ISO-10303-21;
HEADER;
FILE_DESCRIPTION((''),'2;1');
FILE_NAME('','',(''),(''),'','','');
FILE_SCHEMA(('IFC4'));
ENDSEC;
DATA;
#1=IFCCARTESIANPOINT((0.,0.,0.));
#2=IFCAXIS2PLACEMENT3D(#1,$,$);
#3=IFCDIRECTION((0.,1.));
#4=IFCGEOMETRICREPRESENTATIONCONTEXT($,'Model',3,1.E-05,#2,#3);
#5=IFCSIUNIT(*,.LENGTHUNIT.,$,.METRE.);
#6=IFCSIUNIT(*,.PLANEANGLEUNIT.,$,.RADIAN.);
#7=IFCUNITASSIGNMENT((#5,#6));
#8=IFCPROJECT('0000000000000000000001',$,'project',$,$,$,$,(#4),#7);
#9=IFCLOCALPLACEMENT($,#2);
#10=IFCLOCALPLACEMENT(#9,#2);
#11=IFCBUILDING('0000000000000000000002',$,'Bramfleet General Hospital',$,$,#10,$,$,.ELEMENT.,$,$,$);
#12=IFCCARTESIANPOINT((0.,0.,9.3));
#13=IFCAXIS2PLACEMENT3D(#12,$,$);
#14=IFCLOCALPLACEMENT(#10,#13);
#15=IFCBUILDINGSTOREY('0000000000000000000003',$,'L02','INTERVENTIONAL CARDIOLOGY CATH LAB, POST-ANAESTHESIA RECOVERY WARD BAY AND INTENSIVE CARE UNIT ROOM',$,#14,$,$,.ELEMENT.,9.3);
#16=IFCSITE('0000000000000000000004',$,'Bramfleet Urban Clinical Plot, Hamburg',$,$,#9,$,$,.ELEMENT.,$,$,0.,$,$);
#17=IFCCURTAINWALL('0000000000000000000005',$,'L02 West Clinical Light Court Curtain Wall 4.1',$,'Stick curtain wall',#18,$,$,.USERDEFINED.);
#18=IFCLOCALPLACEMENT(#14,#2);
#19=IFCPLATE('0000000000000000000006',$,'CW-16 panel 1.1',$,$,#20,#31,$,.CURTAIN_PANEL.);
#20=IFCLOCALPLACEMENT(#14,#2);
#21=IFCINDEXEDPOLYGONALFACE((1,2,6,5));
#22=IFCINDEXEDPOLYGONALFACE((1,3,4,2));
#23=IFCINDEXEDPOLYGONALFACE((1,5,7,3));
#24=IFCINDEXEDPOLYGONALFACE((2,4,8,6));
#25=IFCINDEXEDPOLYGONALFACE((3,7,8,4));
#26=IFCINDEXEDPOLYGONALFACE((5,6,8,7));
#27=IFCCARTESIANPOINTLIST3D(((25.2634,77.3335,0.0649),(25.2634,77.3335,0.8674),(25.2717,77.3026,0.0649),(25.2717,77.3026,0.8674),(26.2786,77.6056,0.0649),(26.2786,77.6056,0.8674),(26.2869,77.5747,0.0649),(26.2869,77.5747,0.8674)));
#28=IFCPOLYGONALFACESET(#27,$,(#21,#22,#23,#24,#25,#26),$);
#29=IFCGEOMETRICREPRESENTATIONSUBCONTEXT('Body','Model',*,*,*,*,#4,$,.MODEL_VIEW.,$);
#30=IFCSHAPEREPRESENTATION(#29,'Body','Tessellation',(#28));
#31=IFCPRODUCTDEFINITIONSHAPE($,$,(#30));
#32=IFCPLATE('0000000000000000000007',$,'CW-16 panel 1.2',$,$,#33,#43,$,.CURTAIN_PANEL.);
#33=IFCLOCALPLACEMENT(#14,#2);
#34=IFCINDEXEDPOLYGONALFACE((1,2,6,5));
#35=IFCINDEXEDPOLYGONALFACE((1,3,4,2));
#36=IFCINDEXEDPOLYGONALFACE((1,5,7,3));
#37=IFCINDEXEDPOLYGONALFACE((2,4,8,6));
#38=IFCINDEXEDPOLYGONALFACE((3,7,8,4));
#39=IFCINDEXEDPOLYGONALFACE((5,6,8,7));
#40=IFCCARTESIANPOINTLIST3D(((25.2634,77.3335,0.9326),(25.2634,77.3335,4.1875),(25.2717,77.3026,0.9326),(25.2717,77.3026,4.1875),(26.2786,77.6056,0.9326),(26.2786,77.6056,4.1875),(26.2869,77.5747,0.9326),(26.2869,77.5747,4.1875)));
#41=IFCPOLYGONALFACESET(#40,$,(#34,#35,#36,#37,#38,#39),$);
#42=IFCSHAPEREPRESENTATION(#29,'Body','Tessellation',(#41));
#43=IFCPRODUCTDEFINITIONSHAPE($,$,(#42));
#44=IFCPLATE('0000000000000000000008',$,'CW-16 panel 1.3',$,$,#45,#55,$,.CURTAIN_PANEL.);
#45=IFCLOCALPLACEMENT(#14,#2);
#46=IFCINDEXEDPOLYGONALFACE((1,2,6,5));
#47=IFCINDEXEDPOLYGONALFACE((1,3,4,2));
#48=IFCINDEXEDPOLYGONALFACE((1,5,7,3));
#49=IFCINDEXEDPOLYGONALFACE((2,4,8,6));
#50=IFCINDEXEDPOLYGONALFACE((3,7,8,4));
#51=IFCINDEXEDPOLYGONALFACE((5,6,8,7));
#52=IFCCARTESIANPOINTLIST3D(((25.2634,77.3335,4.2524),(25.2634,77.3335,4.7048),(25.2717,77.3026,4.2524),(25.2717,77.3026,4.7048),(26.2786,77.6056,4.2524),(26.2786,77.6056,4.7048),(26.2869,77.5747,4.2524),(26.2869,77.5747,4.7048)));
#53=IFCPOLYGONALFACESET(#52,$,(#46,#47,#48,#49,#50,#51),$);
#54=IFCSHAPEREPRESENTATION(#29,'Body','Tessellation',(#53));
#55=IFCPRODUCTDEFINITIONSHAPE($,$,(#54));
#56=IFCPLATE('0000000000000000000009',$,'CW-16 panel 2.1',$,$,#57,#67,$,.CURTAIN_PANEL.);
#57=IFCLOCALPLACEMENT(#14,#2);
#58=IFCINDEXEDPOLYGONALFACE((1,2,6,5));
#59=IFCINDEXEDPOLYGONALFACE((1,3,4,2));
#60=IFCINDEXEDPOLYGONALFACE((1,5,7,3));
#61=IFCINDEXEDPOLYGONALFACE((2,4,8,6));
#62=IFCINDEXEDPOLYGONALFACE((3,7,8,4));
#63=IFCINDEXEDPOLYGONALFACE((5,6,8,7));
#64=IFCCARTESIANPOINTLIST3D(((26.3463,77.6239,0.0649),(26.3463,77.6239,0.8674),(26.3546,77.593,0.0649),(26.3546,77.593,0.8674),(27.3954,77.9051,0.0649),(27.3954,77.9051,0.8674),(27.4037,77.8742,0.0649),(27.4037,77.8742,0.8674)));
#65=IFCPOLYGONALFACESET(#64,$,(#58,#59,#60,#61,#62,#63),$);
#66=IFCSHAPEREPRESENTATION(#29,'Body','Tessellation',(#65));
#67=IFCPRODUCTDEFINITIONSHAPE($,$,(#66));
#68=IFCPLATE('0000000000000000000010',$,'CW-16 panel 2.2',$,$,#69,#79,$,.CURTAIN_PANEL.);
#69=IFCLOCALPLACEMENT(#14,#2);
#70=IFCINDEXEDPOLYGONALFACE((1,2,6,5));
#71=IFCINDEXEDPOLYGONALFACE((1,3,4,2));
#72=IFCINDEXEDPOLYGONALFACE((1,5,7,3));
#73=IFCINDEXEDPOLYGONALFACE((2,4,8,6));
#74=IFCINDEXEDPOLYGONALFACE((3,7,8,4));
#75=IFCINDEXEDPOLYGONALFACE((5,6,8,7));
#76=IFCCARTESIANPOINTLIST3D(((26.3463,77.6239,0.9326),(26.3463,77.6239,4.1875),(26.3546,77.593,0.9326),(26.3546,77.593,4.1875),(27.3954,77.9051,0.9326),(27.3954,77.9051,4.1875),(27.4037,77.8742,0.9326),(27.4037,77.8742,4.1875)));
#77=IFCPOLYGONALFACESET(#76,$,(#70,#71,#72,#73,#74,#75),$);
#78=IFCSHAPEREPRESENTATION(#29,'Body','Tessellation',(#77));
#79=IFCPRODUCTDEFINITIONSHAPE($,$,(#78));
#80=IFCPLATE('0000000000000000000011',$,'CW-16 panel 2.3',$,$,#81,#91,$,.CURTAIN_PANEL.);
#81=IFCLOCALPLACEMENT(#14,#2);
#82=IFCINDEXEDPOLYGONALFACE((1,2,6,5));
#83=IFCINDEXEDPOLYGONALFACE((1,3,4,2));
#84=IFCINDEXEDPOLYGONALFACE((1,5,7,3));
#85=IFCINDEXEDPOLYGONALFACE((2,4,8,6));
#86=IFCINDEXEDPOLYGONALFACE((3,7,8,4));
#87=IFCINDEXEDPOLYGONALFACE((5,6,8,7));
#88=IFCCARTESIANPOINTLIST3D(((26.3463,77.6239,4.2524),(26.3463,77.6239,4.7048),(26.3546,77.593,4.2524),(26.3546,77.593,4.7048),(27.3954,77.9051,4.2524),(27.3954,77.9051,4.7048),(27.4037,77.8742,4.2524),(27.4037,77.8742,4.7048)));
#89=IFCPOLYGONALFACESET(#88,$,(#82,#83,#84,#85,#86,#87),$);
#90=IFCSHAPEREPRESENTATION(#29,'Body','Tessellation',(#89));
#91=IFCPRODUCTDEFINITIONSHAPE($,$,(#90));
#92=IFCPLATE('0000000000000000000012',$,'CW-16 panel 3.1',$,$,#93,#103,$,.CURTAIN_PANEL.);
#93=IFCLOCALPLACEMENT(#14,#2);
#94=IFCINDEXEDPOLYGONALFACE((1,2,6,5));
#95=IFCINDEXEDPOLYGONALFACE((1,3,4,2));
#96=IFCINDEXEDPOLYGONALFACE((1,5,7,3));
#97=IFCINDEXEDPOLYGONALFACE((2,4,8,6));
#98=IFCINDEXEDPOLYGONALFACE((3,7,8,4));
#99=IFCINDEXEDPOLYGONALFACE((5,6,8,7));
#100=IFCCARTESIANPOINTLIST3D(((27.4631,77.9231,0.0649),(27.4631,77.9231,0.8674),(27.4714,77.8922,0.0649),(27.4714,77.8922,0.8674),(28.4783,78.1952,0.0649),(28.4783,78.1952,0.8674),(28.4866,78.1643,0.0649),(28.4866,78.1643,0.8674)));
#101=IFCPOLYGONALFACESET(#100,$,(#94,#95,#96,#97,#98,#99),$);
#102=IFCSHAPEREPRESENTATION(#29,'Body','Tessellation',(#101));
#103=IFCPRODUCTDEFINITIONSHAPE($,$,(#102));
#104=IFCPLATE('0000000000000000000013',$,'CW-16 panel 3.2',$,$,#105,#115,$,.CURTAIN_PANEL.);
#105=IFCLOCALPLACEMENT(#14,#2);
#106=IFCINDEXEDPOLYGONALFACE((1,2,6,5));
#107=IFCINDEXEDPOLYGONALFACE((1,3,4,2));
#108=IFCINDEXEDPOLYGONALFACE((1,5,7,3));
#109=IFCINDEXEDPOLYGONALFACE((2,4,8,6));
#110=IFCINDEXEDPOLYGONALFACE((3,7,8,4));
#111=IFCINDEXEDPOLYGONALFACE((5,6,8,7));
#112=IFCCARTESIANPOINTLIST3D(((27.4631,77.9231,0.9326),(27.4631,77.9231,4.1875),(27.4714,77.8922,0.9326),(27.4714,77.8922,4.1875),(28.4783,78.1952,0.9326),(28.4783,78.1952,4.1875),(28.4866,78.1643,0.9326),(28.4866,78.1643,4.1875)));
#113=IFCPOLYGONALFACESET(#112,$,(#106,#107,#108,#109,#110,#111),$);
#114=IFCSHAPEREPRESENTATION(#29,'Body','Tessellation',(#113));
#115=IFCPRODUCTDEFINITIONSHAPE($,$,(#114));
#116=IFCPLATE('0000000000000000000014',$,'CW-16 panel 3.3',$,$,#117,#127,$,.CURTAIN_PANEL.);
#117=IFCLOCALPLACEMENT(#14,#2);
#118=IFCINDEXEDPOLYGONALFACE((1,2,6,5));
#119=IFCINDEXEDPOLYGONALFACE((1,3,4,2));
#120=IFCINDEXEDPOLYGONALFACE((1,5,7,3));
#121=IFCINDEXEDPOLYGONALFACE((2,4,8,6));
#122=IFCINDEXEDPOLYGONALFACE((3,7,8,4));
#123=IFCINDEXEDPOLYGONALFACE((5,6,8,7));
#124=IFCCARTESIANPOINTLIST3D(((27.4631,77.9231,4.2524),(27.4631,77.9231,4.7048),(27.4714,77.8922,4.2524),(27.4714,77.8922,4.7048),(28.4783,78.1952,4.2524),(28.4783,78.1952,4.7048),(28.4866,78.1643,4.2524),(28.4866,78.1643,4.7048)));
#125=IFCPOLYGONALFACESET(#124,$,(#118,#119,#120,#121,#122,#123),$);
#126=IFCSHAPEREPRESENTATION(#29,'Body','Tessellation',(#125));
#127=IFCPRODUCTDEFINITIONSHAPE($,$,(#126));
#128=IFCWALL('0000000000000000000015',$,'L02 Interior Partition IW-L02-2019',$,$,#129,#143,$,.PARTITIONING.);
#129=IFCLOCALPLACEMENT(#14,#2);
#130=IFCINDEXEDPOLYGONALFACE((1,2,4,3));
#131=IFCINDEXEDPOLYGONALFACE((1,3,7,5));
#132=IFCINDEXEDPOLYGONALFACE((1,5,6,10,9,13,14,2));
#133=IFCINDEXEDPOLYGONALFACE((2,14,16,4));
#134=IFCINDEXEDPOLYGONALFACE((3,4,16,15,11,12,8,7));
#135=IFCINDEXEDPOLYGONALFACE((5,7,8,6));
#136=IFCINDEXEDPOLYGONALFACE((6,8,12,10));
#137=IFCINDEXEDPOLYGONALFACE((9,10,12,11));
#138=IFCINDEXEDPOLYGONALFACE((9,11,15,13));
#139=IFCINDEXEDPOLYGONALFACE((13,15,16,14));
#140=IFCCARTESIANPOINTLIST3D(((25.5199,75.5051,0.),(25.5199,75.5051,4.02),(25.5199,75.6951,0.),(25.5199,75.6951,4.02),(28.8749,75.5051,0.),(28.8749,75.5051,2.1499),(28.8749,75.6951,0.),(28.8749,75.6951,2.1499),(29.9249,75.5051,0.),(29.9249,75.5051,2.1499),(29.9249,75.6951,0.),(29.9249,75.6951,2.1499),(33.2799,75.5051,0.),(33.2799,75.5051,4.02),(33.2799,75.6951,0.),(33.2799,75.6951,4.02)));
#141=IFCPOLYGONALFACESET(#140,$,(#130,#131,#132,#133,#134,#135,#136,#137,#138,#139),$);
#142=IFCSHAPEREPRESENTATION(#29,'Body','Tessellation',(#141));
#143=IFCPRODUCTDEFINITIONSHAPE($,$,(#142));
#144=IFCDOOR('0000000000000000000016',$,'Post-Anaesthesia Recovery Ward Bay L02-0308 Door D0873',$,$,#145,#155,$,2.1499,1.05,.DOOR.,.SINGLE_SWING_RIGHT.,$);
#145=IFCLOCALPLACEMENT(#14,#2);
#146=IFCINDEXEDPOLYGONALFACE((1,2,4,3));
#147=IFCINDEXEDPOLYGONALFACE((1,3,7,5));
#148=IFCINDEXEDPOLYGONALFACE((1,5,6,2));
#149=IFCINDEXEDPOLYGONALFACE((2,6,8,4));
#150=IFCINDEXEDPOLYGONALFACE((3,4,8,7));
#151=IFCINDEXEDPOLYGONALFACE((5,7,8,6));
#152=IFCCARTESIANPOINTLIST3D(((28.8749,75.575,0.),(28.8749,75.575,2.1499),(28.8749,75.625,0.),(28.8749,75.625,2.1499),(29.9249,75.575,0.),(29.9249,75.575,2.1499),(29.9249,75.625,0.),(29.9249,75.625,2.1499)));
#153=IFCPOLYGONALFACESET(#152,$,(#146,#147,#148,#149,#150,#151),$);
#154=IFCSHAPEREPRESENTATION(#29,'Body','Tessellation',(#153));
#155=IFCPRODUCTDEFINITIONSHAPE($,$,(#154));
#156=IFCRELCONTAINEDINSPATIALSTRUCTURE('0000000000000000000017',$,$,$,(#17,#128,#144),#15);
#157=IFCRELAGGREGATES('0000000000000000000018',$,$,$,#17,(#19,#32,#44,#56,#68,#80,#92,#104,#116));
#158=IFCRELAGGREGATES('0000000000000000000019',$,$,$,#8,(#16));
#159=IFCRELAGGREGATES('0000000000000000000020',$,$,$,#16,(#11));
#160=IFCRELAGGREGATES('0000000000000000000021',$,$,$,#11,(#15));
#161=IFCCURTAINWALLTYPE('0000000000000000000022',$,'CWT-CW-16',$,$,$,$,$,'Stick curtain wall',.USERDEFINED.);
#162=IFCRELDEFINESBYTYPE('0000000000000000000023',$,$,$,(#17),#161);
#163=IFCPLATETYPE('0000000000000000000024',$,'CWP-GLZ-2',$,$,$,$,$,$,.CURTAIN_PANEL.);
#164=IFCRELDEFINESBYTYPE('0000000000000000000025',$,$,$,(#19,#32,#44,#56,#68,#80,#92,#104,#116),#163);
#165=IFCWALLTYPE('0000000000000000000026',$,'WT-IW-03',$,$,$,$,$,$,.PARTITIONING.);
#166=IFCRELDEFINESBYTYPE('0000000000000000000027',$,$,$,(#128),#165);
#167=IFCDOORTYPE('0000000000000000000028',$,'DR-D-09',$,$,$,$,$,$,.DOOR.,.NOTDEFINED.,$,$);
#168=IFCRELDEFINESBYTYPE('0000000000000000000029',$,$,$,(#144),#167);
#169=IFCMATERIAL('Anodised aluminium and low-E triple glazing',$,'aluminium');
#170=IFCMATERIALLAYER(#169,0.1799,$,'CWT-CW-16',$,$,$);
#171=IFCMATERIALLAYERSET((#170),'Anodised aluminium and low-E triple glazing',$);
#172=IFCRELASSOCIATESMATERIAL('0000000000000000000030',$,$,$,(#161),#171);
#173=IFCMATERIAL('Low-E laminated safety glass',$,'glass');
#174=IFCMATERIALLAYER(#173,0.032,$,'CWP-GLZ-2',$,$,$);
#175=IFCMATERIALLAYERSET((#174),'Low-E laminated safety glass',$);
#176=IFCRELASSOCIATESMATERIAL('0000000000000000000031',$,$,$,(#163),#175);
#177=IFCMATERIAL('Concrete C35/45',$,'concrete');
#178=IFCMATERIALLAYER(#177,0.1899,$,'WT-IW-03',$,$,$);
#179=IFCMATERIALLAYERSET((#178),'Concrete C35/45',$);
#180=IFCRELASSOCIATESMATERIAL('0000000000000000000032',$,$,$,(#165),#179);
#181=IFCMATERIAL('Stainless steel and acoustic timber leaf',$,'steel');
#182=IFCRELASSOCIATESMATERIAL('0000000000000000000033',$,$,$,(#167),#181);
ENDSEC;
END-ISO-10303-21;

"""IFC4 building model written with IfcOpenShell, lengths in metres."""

from ifc_helpers import new_model, si_unit, direction, frame, frame_2d, origin, origin_2d, place, context, subcontext, project, spatial, rectangle, extrude, material, layer, layer_set, type_object, element, fill, aggregate, save


model = new_model("IFC4")

# Units and contexts
model_context = context("Model", 3, precision=1e-05, world=origin(), true_north=direction((0.0, 1.0)))
body_context = subcontext(model_context, "Body", "Model", "MODEL_VIEW")
ifc_project = project(units=[si_unit("LENGTHUNIT", "METRE"), si_unit("PLANEANGLEUNIT", "RADIAN")], contexts=[model_context])

# Site, building, storey
site_placement = place(None, origin())
site = spatial("IfcSite", under=ifc_project, at=site_placement, Name="Bramfleet Urban Clinical Plot, Hamburg", CompositionType="ELEMENT", RefElevation=0.0)
building_placement = place(site_placement, origin())
building = spatial("IfcBuilding", under=site, at=building_placement, Name="Bramfleet General Hospital", CompositionType="ELEMENT")
storey_placement = place(building_placement, frame((0.0, 0.0, 9.3)))
storey = spatial("IfcBuildingStorey", under=building, at=storey_placement, Name="L02", Description="INTERVENTIONAL CARDIOLOGY CATH LAB, POST-ANAESTHESIA RECOVERY WARD BAY AND INTENSIVE CARE UNIT ROOM", CompositionType="ELEMENT", Elevation=9.3)

# Shared definitions
ifc_material_1 = material(Name="Concrete C35/45", Category="concrete")

# Curtain wall
ifc_material_2 = material(Name="Anodised aluminium and low-E triple glazing", Category="aluminium")
ifc_layer_1 = layer(ifc_material_2, 0.1799, Name="CWT-CW-16")
ifc_layer_set_1 = layer_set([ifc_layer_1], Name="Anodised aluminium and low-E triple glazing")
curtain_wall_type_1 = type_object("IfcCurtainWallType", Name="CWT-CW-16", ElementType="Stick curtain wall", PredefinedType="USERDEFINED", material=ifc_layer_set_1)
curtain_wall_1_placement = place(storey_placement, origin())
curtain_wall_1 = element("IfcCurtainWall", 1, at=curtain_wall_1_placement, inside=storey, type_object=curtain_wall_type_1, Name="L02 West Clinical Light Court Curtain Wall 4.1", ObjectType="Stick curtain wall", PredefinedType="USERDEFINED")

# Plates
ifc_material_3 = material(Name="Low-E laminated safety glass", Category="glass")
ifc_layer_2 = layer(ifc_material_3, 0.032, Name="CWP-GLZ-2")
ifc_layer_set_2 = layer_set([ifc_layer_2], Name="Low-E laminated safety glass")
plate_type = type_object("IfcPlateType", Name="CWP-GLZ-2", PredefinedType="CURTAIN_PANEL", material=ifc_layer_set_2)
plate_1_placement = place(storey_placement, frame((25.7751, 77.4541, 0.0649), z_axis=(0.0, 0.0, 1.0), x_axis=(0.965899, 0.258919, 0.0)))
plate_1 = element("IfcPlate", 2, at=plate_1_placement, type_object=plate_type, Name="CW-16 panel 1.1", PredefinedType="CURTAIN_PANEL", context=body_context, shape_type="SweptSolid", body=[
    extrude(rectangle(XDim=1.051, YDim=0.032, at=origin_2d()), origin(), (0.0, 0.0, 1.0), 0.8025),
])
plate_2_placement = place(storey_placement, frame((25.7751, 77.4541, 0.9326), z_axis=(0.0, 0.0, 1.0), x_axis=(0.965899, 0.258919, 0.0)))
plate_2 = element("IfcPlate", 3, at=plate_2_placement, type_object=plate_type, Name="CW-16 panel 1.2", PredefinedType="CURTAIN_PANEL", context=body_context, shape_type="SweptSolid", body=[
    extrude(rectangle(XDim=1.051, YDim=0.032, at=origin_2d()), origin(), (0.0, 0.0, 1.0), 3.2549),
])
plate_3_placement = place(storey_placement, frame((25.7751, 77.4541, 4.2524), z_axis=(0.0, 0.0, 1.0), x_axis=(0.965899, 0.258919, 0.0)))
plate_3 = element("IfcPlate", 4, at=plate_3_placement, type_object=plate_type, Name="CW-16 panel 1.3", PredefinedType="CURTAIN_PANEL", context=body_context, shape_type="SweptSolid", body=[
    extrude(rectangle(XDim=1.051, YDim=0.032, at=origin_2d()), origin(), (0.0, 0.0, 1.0), 0.4524),
])
plate_4_placement = place(storey_placement, frame((26.875, 77.749, 0.0649), z_axis=(0.0, 0.0, 1.0), x_axis=(0.965899, 0.258919, 0.0)))
plate_4 = element("IfcPlate", 5, at=plate_4_placement, type_object=plate_type, Name="CW-16 panel 2.1", PredefinedType="CURTAIN_PANEL", context=body_context, shape_type="SweptSolid", body=[
    extrude(rectangle(XDim=1.0862, YDim=0.032, at=origin_2d()), origin(), (0.0, 0.0, 1.0), 0.8025),
])
plate_5_placement = place(storey_placement, frame((26.875, 77.749, 0.9326), z_axis=(0.0, 0.0, 1.0), x_axis=(0.965899, 0.258919, 0.0)))
plate_5 = element("IfcPlate", 6, at=plate_5_placement, type_object=plate_type, Name="CW-16 panel 2.2", PredefinedType="CURTAIN_PANEL", context=body_context, shape_type="SweptSolid", body=[
    extrude(rectangle(XDim=1.0862, YDim=0.032, at=origin_2d()), origin(), (0.0, 0.0, 1.0), 3.2549),
])
plate_6_placement = place(storey_placement, frame((26.875, 77.749, 4.2524), z_axis=(0.0, 0.0, 1.0), x_axis=(0.965899, 0.258919, 0.0)))
plate_6 = element("IfcPlate", 7, at=plate_6_placement, type_object=plate_type, Name="CW-16 panel 2.3", PredefinedType="CURTAIN_PANEL", context=body_context, shape_type="SweptSolid", body=[
    extrude(rectangle(XDim=1.0862, YDim=0.032, at=origin_2d()), origin(), (0.0, 0.0, 1.0), 0.4524),
])
plate_7_placement = place(storey_placement, frame((27.9749, 78.0437, 0.0649), z_axis=(0.0, 0.0, 1.0), x_axis=(0.965899, 0.258919, 0.0)))
plate_7 = element("IfcPlate", 8, at=plate_7_placement, type_object=plate_type, Name="CW-16 panel 3.1", PredefinedType="CURTAIN_PANEL", context=body_context, shape_type="SweptSolid", body=[
    extrude(rectangle(XDim=1.051, YDim=0.032, at=origin_2d()), origin(), (0.0, 0.0, 1.0), 0.8025),
])
plate_8_placement = place(storey_placement, frame((27.9749, 78.0437, 0.9326), z_axis=(0.0, 0.0, 1.0), x_axis=(0.965899, 0.258919, 0.0)))
plate_8 = element("IfcPlate", 9, at=plate_8_placement, type_object=plate_type, Name="CW-16 panel 3.2", PredefinedType="CURTAIN_PANEL", context=body_context, shape_type="SweptSolid", body=[
    extrude(rectangle(XDim=1.051, YDim=0.032, at=origin_2d()), origin(), (0.0, 0.0, 1.0), 3.2549),
])
plate_9_placement = place(storey_placement, frame((27.9749, 78.0437, 4.2524), z_axis=(0.0, 0.0, 1.0), x_axis=(0.965899, 0.258919, 0.0)))
plate_9 = element("IfcPlate", 10, at=plate_9_placement, type_object=plate_type, Name="CW-16 panel 3.3", PredefinedType="CURTAIN_PANEL", context=body_context, shape_type="SweptSolid", body=[
    extrude(rectangle(XDim=1.051, YDim=0.032, at=origin_2d()), origin(), (0.0, 0.0, 1.0), 0.4524),
])
aggregate(curtain_wall_1, [plate_1, plate_2, plate_3, plate_4, plate_5, plate_6, plate_7, plate_8, plate_9])

# Wall, opening, door
ifc_layer_3 = layer(ifc_material_1, 0.1899, Name="WT-IW-03")
ifc_layer_set_3 = layer_set([ifc_layer_3], Name="Concrete C35/45")
wall_type = type_object("IfcWallType", Name="WT-IW-03", PredefinedType="PARTITIONING", material=ifc_layer_set_3)
wall_placement = place(storey_placement, frame((25.52, 75.6001, 0.0), z_axis=(0.0, 0.0, 1.0), x_axis=(1.0, 0.0, 0.0)))
wall = element("IfcWall", 11, at=wall_placement, inside=storey, type_object=wall_type, Name="L02 Interior Partition IW-L02-2019", PredefinedType="PARTITIONING", context=body_context, shape_type="SweptSolid", body=[
    extrude(rectangle(XDim=7.76, YDim=0.1899, at=frame_2d((3.8799, 0.0))), origin(), (0.0, 0.0, 1.0), 4.02),
])
opening_placement = place(wall_placement, frame((3.355, 0.0, 0.0)))
opening = element("IfcOpeningElement", 12, at=opening_placement, cuts=wall, PredefinedType="OPENING", context=body_context, shape_type="SweptSolid", body=[
    extrude(rectangle(XDim=1.05, YDim=2.1499, at=frame_2d((0.5249, 1.075))), frame((0.0, 0.105, 0.0), z_axis=(0.0, -1.0, 0.0), x_axis=(1.0, 0.0, 0.0)), (0.0, 0.0, 1.0), 0.21),
])
ifc_material_4 = material(Name="Stainless steel and acoustic timber leaf", Category="steel")
door_type = type_object("IfcDoorType", Name="DR-D-09", OperationType="NOTDEFINED", PredefinedType="DOOR", material=ifc_material_4)
door_placement = place(opening_placement, origin())
door = element("IfcDoor", 13, at=door_placement, inside=storey, type_object=door_type, Name="Post-Anaesthesia Recovery Ward Bay L02-0308 Door D0873", OperationType="SINGLE_SWING_RIGHT", OverallHeight=2.1499, OverallWidth=1.05, PredefinedType="DOOR", context=body_context, shape_type="SweptSolid", body=[
    extrude(rectangle(XDim=1.05, YDim=2.1499, at=frame_2d((0.5249, 1.075))), frame((0.0, 0.0249, 0.0), z_axis=(0.0, -1.0, 0.0), x_axis=(1.0, 0.0, 0.0)), (0.0, 0.0, 1.0), 0.05),
])
fill(opening, door)

save(model, "model.ifc")
